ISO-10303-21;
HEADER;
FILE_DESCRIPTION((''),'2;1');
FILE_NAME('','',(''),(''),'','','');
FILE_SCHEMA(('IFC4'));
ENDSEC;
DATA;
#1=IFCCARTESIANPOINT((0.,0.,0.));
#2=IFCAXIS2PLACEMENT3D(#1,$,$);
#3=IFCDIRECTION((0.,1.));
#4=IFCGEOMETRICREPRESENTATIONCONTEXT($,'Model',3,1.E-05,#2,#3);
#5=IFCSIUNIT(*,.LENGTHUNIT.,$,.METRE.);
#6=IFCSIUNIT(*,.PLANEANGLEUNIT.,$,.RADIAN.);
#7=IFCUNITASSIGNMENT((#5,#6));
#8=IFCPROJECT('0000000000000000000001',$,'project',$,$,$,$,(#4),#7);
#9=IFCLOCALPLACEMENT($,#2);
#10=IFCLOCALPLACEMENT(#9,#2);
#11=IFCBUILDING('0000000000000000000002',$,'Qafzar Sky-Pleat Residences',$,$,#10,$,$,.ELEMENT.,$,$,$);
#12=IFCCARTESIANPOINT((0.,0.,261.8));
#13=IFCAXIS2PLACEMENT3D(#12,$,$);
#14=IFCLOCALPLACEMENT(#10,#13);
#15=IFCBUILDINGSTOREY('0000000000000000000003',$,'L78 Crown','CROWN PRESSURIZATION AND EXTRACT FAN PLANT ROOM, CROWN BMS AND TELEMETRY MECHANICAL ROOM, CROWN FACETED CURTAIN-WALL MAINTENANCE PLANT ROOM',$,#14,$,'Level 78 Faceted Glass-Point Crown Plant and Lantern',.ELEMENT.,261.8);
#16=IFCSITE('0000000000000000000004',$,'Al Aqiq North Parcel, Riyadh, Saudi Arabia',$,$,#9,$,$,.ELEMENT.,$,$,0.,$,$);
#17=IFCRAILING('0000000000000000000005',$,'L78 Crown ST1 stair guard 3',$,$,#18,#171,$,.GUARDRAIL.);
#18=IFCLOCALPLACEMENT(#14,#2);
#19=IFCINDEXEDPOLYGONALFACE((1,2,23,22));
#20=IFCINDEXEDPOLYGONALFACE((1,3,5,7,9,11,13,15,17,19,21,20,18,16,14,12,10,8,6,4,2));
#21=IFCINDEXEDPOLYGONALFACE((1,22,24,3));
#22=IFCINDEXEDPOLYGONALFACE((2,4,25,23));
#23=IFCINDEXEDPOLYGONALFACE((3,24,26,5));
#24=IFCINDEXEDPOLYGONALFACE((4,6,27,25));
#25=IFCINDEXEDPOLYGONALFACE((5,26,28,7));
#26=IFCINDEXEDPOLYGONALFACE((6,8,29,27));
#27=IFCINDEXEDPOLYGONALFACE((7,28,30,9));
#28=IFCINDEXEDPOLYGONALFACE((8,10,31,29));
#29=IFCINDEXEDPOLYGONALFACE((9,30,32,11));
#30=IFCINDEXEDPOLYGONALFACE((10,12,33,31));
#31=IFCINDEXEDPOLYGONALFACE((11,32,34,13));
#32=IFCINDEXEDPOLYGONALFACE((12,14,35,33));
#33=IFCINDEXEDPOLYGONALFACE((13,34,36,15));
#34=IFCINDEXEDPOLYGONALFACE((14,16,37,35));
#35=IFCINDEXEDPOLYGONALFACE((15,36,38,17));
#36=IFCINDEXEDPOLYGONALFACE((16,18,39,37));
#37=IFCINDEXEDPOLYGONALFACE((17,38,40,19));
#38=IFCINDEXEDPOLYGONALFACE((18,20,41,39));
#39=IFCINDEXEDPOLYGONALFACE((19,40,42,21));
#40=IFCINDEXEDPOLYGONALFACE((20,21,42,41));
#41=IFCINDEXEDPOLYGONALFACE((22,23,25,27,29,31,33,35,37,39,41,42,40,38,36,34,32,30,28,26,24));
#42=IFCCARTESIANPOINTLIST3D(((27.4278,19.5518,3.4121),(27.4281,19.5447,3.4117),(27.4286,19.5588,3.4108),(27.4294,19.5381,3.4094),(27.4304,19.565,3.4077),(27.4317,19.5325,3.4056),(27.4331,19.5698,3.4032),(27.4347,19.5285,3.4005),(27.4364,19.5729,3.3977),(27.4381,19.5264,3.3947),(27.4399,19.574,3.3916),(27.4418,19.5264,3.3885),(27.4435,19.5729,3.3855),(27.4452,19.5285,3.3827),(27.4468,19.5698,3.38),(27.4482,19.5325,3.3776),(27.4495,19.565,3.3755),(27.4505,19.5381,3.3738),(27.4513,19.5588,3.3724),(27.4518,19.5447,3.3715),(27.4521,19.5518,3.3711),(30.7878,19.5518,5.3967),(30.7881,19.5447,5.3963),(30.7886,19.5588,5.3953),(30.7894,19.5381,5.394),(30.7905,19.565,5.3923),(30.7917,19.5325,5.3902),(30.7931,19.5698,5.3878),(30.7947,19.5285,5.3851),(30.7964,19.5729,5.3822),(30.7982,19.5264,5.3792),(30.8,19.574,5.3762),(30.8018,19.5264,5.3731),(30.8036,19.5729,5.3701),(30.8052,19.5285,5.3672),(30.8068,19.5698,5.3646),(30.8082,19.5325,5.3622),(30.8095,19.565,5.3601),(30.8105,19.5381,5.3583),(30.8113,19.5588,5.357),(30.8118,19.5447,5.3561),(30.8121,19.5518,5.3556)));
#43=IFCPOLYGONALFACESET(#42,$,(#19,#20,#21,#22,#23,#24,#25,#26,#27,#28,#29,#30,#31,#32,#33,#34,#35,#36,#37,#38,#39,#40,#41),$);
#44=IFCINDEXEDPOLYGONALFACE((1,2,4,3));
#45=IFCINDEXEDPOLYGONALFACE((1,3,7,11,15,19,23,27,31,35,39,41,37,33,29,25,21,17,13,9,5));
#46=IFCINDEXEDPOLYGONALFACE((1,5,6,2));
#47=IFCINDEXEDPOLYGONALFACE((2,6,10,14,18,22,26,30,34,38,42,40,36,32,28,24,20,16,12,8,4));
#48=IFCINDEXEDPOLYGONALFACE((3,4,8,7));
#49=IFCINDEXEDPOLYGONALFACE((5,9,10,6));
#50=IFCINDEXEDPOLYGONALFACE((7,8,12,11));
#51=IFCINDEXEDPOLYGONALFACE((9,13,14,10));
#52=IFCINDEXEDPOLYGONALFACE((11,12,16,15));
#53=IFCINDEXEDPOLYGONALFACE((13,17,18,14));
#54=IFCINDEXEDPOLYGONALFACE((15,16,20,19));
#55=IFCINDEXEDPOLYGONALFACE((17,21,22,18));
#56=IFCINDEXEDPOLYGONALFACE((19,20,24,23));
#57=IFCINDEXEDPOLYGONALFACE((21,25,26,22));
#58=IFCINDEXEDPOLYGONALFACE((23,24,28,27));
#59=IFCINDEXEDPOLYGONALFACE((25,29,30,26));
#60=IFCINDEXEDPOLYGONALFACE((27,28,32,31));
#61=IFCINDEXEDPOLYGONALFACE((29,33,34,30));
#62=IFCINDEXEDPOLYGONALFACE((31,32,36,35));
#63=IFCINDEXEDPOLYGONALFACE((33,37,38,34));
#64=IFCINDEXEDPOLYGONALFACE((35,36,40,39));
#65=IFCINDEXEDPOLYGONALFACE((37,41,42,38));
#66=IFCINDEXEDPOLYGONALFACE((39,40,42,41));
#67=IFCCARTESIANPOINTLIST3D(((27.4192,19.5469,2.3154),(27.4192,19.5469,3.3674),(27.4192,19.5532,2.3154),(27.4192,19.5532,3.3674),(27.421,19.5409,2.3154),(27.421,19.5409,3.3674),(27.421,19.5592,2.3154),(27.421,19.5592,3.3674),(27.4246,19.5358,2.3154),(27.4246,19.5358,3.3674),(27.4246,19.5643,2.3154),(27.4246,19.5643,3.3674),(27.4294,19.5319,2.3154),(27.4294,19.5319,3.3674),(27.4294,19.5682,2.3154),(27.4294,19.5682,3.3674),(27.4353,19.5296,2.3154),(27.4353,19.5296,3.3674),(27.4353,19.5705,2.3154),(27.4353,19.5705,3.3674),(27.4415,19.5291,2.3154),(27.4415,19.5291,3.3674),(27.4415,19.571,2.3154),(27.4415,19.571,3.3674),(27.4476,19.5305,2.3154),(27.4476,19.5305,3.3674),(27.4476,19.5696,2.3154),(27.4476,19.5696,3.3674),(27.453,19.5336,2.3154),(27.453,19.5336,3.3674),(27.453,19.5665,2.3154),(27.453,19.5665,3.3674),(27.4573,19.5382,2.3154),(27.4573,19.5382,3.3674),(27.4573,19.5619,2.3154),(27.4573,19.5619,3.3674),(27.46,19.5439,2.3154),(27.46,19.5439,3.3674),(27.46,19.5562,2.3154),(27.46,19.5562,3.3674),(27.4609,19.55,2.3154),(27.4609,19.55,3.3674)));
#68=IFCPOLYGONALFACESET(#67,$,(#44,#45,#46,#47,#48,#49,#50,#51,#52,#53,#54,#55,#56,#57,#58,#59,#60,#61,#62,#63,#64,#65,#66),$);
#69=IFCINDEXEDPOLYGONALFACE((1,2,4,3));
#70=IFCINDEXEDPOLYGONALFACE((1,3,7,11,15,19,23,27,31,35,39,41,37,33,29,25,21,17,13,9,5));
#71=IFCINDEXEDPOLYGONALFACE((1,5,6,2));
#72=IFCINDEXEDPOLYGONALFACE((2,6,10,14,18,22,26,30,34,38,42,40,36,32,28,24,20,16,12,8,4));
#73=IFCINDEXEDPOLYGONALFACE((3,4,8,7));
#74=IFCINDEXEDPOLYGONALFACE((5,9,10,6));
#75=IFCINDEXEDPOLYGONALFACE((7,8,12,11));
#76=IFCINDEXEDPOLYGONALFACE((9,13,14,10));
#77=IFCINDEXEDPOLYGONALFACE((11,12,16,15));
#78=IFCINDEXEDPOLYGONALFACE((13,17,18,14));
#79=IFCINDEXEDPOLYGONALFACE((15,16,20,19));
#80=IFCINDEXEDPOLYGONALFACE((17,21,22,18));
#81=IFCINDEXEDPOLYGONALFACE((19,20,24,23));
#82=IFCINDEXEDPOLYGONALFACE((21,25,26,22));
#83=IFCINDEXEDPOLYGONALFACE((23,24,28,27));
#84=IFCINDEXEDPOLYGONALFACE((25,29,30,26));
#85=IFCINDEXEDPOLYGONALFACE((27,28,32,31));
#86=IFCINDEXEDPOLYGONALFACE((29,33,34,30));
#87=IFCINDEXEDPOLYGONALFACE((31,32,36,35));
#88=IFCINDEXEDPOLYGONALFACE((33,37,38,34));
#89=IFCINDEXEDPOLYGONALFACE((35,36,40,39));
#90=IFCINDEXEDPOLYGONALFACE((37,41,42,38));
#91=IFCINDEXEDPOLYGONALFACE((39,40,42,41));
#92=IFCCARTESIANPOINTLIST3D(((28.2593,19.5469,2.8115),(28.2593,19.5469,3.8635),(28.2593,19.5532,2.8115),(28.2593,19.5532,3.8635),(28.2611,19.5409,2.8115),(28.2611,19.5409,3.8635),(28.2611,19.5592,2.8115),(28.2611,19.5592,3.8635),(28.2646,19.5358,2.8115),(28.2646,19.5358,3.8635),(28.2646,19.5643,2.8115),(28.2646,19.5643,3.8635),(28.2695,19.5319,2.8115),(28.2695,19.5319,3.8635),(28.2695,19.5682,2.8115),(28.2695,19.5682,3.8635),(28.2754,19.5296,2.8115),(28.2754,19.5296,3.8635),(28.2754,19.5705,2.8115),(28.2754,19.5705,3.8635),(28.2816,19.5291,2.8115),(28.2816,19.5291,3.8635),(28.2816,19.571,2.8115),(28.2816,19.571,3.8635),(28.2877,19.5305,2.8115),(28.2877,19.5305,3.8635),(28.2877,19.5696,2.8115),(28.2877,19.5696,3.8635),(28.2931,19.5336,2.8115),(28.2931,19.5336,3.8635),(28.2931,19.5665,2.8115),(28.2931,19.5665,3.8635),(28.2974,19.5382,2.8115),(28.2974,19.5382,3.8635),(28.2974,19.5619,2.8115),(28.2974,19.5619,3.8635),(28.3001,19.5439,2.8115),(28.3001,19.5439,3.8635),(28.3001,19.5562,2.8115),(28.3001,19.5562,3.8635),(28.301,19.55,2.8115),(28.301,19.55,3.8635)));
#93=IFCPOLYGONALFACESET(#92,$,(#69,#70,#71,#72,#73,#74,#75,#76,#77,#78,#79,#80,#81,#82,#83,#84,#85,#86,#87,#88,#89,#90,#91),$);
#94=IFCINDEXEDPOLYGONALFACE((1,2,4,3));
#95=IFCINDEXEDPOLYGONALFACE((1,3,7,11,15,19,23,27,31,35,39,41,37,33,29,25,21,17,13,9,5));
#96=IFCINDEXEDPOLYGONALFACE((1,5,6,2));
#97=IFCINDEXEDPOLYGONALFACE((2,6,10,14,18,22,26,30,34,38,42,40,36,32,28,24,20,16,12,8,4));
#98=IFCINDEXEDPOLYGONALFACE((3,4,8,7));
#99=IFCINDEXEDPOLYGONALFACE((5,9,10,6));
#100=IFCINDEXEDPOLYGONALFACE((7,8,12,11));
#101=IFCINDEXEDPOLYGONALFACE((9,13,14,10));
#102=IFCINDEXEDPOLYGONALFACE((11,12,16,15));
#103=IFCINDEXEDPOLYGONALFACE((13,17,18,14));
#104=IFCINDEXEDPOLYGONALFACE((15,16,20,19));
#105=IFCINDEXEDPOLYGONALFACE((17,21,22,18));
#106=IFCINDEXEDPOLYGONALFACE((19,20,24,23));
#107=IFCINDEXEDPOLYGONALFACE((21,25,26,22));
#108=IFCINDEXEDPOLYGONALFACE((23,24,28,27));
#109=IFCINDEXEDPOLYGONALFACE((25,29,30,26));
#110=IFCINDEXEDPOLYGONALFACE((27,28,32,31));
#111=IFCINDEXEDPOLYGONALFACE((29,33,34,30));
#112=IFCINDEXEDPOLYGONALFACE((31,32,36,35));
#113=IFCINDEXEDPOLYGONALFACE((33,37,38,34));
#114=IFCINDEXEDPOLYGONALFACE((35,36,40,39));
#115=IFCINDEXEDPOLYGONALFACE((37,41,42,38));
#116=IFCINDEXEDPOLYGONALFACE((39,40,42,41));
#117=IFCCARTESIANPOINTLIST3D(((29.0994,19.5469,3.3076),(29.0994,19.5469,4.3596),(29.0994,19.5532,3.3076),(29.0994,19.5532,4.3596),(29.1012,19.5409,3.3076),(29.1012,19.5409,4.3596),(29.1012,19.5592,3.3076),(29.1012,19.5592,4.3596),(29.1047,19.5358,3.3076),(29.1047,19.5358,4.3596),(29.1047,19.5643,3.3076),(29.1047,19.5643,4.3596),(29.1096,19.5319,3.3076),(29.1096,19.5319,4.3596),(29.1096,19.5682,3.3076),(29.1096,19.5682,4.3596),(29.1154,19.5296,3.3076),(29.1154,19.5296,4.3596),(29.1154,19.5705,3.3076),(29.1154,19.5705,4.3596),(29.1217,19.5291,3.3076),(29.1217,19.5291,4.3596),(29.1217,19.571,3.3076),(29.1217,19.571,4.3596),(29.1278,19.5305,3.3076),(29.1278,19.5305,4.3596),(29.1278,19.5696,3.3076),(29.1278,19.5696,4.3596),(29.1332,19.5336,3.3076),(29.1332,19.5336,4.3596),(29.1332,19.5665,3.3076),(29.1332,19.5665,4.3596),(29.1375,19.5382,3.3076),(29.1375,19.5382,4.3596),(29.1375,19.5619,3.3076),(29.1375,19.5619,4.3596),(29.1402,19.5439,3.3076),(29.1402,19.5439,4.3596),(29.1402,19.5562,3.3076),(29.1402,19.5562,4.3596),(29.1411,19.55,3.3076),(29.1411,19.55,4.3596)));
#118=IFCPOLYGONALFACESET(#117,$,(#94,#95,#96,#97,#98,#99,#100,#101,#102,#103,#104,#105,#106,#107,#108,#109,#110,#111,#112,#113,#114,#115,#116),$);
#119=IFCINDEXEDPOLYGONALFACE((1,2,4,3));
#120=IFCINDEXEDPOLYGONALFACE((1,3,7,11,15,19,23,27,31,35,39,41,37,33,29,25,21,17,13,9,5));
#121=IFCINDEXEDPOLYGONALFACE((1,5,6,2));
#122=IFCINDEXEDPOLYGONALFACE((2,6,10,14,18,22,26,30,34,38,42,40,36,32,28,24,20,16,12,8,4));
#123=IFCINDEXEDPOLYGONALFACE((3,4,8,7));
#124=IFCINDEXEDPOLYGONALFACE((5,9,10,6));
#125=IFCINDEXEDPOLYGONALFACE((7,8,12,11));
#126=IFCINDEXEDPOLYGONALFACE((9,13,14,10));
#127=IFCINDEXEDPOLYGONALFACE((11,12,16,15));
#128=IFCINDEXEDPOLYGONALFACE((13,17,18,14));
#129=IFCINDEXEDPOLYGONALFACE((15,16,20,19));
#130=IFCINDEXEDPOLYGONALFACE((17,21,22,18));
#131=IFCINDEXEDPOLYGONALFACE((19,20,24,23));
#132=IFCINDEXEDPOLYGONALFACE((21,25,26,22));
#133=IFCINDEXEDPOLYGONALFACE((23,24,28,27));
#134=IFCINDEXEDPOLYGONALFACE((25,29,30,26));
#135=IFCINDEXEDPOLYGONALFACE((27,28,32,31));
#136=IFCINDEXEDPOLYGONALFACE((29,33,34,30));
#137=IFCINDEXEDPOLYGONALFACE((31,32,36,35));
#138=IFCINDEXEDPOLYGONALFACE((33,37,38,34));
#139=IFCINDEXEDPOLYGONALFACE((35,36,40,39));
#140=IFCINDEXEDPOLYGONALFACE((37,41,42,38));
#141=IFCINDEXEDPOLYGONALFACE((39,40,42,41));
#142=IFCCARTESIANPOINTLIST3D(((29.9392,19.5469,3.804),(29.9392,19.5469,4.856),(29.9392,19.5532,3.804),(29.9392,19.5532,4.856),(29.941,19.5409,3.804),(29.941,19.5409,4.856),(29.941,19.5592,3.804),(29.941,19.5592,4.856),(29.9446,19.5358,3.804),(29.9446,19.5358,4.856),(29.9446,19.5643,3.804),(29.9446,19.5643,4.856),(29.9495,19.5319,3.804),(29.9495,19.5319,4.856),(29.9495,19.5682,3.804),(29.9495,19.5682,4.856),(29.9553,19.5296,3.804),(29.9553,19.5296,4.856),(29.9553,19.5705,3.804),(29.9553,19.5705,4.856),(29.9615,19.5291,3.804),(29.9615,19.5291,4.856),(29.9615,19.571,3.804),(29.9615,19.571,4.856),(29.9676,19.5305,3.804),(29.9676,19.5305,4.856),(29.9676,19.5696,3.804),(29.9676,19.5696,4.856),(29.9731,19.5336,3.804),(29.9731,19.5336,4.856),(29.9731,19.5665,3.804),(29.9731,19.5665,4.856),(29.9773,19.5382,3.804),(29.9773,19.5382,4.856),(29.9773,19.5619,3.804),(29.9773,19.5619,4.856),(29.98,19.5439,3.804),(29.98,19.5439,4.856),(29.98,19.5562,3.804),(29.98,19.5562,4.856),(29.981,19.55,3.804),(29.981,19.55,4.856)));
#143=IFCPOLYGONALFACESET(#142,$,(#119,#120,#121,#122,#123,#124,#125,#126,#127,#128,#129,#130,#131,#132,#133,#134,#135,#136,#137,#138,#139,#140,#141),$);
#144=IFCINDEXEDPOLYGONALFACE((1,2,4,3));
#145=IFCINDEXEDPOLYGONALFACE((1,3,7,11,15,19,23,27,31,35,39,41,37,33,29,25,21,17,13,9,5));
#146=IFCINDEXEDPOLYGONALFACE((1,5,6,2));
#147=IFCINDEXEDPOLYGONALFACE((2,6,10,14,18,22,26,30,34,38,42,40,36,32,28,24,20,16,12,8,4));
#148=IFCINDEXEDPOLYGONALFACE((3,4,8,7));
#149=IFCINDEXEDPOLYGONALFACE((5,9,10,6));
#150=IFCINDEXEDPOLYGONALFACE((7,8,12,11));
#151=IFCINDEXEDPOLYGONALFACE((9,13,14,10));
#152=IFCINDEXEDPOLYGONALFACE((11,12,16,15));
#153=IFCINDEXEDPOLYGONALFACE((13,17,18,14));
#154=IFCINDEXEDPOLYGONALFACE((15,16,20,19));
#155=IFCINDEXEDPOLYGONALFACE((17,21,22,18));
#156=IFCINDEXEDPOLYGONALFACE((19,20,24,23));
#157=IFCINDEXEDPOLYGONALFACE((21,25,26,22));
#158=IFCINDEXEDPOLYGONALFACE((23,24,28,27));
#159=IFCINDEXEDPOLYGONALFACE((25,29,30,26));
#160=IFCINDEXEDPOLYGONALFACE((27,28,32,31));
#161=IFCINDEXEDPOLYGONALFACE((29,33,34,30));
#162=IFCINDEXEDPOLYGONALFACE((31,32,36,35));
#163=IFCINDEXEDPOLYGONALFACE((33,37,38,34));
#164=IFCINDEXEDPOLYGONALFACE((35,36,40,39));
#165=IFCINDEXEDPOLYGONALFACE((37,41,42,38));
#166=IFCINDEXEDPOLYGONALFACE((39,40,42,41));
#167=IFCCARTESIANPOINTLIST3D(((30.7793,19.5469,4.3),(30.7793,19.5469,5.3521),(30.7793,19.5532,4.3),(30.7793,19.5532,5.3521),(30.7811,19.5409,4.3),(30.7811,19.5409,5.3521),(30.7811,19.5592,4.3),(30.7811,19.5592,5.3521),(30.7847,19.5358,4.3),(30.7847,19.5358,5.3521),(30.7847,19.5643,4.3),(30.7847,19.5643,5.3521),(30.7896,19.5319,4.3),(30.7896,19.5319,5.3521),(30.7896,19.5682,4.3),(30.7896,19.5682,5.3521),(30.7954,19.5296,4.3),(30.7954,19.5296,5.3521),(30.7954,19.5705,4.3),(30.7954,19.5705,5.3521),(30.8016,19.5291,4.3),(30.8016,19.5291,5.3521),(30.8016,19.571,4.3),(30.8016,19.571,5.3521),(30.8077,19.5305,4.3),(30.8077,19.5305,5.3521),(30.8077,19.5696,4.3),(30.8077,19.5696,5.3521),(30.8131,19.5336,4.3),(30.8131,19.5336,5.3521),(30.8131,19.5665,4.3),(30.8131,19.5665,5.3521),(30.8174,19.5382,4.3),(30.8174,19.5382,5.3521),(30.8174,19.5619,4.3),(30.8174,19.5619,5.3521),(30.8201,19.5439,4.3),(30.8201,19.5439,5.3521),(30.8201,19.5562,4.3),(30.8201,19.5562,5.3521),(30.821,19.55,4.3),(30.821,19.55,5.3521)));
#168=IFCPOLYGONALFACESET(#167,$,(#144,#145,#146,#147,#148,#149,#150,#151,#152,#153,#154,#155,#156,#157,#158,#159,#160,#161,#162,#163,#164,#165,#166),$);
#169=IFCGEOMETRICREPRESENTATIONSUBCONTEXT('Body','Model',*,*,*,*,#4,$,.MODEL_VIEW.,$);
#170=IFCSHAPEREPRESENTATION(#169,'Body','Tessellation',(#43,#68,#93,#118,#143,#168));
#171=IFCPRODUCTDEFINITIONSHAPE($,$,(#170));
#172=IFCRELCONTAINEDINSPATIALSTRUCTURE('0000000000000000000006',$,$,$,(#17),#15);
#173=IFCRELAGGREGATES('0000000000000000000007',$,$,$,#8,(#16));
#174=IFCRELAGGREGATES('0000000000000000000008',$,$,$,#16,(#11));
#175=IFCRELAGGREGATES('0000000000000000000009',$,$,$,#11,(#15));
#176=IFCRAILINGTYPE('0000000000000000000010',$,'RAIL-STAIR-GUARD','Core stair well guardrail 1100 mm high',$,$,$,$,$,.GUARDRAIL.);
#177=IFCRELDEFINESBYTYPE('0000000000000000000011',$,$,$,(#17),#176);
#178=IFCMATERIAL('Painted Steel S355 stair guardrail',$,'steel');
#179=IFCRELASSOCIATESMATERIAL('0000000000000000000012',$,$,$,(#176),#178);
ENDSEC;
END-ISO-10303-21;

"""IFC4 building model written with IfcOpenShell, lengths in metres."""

from ifc_helpers import new_model, si_unit, direction, frame, origin, origin_2d, place, context, subcontext, project, spatial, circle, extrude, source, transform, mapped, material, type_object, element, save


model = new_model("IFC4")

# Units and contexts
model_context = context("Model", 3, precision=1e-05, world=origin(), true_north=direction((0.0, 1.0)))
body_context = subcontext(model_context, "Body", "Model", "MODEL_VIEW")
ifc_project = project(units=[si_unit("LENGTHUNIT", "METRE"), si_unit("PLANEANGLEUNIT", "RADIAN")], contexts=[model_context])

# Site, building, storey
site_placement = place(None, origin())
site = spatial("IfcSite", under=ifc_project, at=site_placement, Name="Al Aqiq North Parcel, Riyadh, Saudi Arabia", CompositionType="ELEMENT", RefElevation=0.0)
building_placement = place(site_placement, origin())
building = spatial("IfcBuilding", under=site, at=building_placement, Name="Qafzar Sky-Pleat Residences", CompositionType="ELEMENT")
storey_placement = place(building_placement, frame((0.0, 0.0, 261.8)))
storey = spatial("IfcBuildingStorey", under=building, at=storey_placement, Name="L78 Crown", Description="CROWN PRESSURIZATION AND EXTRACT FAN PLANT ROOM, CROWN BMS AND TELEMETRY MECHANICAL ROOM, CROWN FACETED CURTAIN-WALL MAINTENANCE PLANT ROOM", LongName="Level 78 Faceted Glass-Point Crown Plant and Lantern", CompositionType="ELEMENT", Elevation=261.8)

# Railing
ifc_material_1 = material(Name="Painted Steel S355 stair guardrail", Category="steel")
railing_type_1 = type_object("IfcRailingType", Name="RAIL-STAIR-GUARD", Description="Core stair well guardrail 1100 mm high", PredefinedType="GUARDRAIL", material=ifc_material_1)
shared_shape_1 = source(origin(), body_context, "Body", "SweptSolid", [
    extrude(circle(Radius=0.0239, at=origin_2d()), frame((0.0, 0.0, 1.0762), z_axis=(0.861027, 0.0, 0.508559), x_axis=(0.0, 1.0, 0.0)), (0.0, 0.0, 1.0), 3.9023),
    extrude(circle(Radius=0.021, at=origin_2d()), origin(), (0.0, 0.0, 1.0), 1.052),
    extrude(circle(Radius=0.021, at=origin_2d()), frame((0.8401, 0.0, 0.4961)), (0.0, 0.0, 1.0), 1.052),
    extrude(circle(Radius=0.021, at=origin_2d()), frame((1.6802, 0.0, 0.9922)), (0.0, 0.0, 1.0), 1.052),
    extrude(circle(Radius=0.021, at=origin_2d()), frame((2.52, 0.0, 1.4885)), (0.0, 0.0, 1.0), 1.052),
    extrude(circle(Radius=0.021, at=origin_2d()), frame((3.3601, 0.0, 1.9846)), (0.0, 0.0, 1.0), 1.052),
])
railing_1_placement = place(storey_placement, frame((27.4399, 19.55, 2.3154)))
element("IfcRailing", 1, at=railing_1_placement, inside=storey, type_object=railing_type_1, Name="L78 Crown ST1 stair guard 3", PredefinedType="GUARDRAIL", context=body_context, shape_type="MappedRepresentation", body=[
    mapped(shared_shape_1, transform((0.0, 0.0, 0.0), x_axis=(1.0, 0.0, 0.0), y_axis=(0.0, 1.0, 0.0), z_axis=(0.0, 0.0, 1.0), scale=1.0)),
])

save(model, "model.ifc")
